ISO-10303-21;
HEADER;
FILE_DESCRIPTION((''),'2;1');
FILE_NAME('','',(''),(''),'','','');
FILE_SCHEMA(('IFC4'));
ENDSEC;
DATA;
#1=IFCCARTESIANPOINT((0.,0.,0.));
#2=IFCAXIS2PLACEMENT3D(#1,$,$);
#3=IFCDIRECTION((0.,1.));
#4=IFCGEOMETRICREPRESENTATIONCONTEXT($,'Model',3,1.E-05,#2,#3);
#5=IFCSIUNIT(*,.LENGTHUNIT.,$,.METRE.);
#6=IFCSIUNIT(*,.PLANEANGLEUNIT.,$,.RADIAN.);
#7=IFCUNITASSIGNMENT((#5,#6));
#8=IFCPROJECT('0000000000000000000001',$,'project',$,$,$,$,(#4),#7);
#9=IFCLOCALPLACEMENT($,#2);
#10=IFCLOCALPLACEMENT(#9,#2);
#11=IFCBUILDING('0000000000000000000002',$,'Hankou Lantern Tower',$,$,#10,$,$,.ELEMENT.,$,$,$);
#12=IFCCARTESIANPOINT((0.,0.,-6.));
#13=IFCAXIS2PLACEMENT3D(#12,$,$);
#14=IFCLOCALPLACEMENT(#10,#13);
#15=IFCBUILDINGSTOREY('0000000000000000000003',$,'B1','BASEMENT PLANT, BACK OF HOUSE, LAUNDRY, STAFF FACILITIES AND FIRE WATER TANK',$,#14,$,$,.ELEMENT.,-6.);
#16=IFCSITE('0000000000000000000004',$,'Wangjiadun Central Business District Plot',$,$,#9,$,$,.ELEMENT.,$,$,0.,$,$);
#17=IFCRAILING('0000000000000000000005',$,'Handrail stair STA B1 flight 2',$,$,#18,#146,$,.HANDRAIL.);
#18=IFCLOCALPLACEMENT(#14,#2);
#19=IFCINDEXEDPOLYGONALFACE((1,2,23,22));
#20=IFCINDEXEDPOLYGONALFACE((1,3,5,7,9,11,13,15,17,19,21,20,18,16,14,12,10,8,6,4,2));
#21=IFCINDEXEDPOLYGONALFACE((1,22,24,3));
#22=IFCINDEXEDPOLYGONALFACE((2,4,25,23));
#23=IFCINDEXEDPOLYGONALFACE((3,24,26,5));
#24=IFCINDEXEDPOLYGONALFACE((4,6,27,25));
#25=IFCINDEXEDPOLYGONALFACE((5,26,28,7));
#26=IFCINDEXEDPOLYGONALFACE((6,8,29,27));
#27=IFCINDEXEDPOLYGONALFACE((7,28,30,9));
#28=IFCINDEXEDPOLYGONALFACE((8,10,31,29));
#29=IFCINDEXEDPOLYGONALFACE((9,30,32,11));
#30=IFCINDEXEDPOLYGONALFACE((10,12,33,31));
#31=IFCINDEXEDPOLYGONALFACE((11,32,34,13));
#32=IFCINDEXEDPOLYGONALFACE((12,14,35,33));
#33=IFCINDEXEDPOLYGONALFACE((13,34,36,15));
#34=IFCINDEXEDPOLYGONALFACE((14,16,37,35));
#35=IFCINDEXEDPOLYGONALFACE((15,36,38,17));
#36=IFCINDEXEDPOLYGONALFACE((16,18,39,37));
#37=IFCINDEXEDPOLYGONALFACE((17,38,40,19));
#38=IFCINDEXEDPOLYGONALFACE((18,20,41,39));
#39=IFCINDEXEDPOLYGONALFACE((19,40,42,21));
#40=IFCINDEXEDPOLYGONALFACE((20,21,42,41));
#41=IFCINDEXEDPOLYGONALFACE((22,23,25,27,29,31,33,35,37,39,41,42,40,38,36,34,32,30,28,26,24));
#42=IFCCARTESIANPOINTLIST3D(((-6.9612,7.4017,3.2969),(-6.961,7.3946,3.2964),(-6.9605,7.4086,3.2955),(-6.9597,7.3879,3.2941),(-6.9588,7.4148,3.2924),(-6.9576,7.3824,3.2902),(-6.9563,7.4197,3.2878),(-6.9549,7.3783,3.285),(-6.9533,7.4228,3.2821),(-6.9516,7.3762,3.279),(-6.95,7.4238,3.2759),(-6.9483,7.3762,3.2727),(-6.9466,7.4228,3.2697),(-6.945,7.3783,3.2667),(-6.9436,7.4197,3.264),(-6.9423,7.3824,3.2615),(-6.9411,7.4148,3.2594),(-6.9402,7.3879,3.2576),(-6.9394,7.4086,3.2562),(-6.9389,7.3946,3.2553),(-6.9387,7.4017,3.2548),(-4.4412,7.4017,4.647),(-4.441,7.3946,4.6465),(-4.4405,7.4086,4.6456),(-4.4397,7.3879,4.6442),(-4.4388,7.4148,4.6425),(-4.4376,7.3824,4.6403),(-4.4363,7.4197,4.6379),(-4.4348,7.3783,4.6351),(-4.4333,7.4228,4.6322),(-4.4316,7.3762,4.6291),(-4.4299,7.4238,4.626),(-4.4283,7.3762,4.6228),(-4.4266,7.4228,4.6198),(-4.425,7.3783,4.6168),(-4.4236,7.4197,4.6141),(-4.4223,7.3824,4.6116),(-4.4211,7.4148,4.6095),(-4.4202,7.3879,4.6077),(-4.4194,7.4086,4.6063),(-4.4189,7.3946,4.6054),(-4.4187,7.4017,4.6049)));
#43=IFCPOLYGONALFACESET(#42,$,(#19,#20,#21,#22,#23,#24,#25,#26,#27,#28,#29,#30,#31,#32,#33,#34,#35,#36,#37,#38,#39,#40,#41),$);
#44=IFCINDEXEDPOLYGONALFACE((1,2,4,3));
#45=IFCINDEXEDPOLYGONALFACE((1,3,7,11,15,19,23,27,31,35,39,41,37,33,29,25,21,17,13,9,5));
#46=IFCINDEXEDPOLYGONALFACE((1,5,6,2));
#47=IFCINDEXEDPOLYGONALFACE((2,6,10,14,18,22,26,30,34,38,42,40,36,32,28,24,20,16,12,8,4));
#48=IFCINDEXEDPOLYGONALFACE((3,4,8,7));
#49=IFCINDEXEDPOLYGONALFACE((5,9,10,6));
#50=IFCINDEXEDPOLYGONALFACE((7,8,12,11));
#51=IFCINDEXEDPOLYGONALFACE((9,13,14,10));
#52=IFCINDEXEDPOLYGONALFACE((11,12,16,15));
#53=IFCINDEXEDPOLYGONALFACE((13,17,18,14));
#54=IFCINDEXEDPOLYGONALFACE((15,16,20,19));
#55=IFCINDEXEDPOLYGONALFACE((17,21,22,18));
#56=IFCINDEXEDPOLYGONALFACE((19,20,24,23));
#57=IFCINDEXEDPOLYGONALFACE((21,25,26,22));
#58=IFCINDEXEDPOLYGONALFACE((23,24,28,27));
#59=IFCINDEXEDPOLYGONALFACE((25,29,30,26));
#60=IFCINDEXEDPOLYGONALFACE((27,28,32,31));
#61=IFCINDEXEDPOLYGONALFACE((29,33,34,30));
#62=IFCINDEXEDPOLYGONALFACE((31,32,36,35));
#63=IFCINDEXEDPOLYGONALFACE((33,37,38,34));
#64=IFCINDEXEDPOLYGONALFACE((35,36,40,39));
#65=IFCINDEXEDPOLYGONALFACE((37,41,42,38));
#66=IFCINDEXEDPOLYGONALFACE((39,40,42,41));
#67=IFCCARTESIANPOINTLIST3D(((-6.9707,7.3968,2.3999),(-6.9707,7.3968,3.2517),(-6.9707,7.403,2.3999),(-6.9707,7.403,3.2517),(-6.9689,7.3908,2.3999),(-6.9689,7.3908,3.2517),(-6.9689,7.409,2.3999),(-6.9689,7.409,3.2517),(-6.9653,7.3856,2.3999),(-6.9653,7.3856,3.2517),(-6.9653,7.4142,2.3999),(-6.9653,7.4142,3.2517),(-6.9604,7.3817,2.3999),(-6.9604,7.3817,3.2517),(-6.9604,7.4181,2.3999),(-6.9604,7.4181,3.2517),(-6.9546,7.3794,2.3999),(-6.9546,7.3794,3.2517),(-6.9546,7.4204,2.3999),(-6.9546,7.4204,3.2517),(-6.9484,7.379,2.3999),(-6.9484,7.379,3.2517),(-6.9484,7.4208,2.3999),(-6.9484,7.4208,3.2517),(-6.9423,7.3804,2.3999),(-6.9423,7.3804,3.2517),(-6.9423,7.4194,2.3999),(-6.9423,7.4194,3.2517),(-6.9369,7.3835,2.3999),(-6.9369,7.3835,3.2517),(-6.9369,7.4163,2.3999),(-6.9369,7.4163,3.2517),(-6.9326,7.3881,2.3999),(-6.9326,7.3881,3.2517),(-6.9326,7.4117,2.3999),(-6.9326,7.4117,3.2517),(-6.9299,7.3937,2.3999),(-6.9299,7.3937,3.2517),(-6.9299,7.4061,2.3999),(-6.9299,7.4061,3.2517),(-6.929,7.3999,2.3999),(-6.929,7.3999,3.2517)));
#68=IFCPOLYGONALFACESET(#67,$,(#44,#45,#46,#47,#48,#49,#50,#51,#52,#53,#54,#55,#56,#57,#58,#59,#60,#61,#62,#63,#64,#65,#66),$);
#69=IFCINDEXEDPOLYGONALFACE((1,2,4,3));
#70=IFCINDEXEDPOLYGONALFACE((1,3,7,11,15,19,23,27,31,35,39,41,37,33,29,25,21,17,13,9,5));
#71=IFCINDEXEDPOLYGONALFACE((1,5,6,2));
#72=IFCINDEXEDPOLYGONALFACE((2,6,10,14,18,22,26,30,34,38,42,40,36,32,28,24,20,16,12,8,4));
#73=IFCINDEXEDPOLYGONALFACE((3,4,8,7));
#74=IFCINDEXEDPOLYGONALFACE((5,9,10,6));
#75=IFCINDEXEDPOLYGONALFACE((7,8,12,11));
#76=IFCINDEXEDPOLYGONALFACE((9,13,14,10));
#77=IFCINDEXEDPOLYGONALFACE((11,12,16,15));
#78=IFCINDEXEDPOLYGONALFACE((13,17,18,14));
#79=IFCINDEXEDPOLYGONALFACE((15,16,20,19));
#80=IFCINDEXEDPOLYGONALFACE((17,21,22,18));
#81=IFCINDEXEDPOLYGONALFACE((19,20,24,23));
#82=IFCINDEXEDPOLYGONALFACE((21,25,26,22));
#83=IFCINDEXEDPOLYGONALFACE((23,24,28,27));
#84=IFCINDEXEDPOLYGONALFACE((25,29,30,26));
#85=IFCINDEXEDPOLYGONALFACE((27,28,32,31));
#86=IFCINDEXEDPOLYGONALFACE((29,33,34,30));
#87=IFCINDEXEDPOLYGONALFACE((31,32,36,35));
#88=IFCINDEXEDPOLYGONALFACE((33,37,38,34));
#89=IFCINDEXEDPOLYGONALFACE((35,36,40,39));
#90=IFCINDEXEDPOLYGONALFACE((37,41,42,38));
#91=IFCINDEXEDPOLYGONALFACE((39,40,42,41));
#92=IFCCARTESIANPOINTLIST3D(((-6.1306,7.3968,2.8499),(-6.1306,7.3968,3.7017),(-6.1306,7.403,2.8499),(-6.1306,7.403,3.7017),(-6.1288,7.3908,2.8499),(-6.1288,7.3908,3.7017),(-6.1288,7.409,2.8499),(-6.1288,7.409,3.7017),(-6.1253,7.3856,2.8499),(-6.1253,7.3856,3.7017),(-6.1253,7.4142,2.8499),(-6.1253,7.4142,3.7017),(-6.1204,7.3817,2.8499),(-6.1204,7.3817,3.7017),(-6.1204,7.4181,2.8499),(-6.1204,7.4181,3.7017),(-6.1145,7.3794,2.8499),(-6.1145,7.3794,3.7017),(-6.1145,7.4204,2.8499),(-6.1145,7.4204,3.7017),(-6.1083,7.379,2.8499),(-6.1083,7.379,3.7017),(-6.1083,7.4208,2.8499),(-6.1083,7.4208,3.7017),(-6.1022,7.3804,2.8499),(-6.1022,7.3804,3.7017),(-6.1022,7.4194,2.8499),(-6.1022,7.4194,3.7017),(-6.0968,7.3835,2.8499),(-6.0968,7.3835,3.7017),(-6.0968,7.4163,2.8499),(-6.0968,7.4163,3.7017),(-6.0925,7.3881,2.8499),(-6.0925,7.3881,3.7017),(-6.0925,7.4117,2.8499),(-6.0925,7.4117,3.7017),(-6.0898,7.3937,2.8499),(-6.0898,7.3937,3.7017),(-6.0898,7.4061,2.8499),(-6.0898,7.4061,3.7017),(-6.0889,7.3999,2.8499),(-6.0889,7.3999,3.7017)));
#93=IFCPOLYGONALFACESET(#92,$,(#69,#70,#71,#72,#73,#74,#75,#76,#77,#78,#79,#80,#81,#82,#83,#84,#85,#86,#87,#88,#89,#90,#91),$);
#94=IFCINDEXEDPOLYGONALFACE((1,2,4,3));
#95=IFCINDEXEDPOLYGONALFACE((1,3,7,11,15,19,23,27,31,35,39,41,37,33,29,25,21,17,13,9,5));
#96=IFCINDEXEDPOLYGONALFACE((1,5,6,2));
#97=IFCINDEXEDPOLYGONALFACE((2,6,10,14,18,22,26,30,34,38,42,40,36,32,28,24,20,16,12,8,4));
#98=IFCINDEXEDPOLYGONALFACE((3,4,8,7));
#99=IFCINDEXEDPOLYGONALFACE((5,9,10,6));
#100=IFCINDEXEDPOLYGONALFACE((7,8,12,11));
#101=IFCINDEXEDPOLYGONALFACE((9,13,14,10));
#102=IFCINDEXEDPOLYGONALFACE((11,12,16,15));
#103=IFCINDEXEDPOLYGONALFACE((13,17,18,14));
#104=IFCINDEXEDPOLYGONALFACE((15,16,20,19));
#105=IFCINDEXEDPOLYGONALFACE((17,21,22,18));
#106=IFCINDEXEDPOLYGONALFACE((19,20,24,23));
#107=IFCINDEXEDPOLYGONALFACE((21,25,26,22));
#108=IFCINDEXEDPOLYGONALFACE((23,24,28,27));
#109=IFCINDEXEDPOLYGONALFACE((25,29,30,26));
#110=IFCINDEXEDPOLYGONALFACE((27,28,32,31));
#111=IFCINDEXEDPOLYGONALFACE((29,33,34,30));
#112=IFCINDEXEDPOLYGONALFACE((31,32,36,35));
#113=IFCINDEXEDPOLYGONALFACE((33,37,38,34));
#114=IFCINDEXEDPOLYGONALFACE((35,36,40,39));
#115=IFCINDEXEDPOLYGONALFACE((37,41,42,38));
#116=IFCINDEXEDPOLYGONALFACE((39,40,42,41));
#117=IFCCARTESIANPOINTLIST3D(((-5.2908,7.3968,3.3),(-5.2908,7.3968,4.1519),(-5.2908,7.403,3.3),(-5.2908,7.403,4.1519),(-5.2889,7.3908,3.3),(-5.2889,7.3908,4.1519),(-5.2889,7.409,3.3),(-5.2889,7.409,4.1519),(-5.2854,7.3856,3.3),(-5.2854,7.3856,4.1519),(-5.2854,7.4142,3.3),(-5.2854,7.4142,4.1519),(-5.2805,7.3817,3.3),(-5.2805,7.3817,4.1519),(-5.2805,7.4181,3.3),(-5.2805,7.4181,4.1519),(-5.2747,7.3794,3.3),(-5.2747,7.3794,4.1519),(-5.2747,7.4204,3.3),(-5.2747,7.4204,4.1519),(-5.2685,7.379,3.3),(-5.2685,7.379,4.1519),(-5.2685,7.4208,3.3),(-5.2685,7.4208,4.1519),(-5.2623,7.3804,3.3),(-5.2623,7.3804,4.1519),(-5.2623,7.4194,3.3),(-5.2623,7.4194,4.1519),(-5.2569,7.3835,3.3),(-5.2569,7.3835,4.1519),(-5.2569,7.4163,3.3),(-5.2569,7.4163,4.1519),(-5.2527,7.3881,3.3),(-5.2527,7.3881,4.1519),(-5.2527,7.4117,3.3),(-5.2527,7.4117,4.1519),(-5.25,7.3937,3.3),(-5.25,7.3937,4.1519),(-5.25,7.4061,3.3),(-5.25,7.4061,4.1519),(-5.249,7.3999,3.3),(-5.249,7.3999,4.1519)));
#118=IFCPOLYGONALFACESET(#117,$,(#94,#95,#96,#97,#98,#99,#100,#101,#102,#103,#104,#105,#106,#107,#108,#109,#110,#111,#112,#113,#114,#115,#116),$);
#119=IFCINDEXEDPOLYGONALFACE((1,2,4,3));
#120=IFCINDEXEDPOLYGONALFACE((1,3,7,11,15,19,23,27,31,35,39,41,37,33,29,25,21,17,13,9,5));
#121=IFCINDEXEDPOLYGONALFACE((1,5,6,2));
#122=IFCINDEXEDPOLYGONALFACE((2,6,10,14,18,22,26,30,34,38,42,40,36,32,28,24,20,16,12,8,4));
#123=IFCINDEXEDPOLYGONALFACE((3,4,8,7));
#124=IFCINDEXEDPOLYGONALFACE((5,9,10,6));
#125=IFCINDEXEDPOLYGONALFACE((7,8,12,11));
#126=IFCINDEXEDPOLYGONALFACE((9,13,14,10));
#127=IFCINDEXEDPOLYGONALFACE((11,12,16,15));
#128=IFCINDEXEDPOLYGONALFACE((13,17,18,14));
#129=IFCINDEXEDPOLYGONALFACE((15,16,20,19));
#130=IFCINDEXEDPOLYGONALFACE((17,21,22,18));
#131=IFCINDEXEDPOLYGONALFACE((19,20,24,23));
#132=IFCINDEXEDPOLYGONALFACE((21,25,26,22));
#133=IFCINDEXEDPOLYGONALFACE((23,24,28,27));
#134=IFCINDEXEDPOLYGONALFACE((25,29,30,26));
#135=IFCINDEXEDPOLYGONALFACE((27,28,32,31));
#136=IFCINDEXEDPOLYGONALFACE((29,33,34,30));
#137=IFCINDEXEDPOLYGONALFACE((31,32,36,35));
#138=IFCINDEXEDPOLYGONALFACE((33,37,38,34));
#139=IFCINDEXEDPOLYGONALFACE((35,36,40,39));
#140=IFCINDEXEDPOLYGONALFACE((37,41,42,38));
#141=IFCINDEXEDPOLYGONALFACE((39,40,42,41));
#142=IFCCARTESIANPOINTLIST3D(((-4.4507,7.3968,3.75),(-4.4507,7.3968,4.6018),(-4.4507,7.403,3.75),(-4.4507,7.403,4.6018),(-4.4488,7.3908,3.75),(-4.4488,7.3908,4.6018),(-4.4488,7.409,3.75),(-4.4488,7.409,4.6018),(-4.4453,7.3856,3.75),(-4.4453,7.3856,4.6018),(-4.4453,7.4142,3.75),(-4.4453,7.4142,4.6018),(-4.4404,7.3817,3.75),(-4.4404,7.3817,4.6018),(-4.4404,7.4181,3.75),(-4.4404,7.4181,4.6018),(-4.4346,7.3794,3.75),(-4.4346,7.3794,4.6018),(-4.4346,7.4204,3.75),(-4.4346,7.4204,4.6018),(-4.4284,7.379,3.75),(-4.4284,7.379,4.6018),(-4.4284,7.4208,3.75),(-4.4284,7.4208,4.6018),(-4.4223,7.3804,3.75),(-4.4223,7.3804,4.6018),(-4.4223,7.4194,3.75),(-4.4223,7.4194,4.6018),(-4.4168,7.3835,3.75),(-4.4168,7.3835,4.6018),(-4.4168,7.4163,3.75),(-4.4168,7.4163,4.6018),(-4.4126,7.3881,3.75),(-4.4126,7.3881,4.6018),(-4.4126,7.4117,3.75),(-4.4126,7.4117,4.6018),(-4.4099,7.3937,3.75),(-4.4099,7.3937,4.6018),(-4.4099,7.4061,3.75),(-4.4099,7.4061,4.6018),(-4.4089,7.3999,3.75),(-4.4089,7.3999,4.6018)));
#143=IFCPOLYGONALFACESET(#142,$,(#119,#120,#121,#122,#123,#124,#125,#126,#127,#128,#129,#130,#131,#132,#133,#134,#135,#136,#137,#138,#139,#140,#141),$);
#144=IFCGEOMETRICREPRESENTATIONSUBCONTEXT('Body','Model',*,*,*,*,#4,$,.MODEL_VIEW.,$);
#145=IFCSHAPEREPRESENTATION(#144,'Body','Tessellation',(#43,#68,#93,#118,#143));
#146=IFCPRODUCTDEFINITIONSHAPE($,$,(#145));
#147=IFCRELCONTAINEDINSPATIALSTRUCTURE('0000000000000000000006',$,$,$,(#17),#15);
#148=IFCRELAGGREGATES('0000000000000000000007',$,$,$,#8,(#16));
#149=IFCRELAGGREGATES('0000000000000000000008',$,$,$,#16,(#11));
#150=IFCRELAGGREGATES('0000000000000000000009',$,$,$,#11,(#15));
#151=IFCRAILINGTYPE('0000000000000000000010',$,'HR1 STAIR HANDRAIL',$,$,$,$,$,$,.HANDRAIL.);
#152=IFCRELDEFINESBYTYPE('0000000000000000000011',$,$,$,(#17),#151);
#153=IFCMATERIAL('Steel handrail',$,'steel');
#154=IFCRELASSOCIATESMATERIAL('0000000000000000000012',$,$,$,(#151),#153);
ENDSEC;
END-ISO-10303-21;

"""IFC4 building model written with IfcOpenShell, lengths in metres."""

from ifc_helpers import new_model, si_unit, direction, frame, origin, origin_2d, place, context, subcontext, project, spatial, circle, extrude, material, type_object, element, save


model = new_model("IFC4")

# Units and contexts
model_context = context("Model", 3, precision=1e-05, world=origin(), true_north=direction((0.0, 1.0)))
body_context = subcontext(model_context, "Body", "Model", "MODEL_VIEW")
ifc_project = project(units=[si_unit("LENGTHUNIT", "METRE"), si_unit("PLANEANGLEUNIT", "RADIAN")], contexts=[model_context])

# Site, building, storey
site_placement = place(None, origin())
site = spatial("IfcSite", under=ifc_project, at=site_placement, Name="Wangjiadun Central Business District Plot", CompositionType="ELEMENT", RefElevation=0.0)
building_placement = place(site_placement, origin())
building = spatial("IfcBuilding", under=site, at=building_placement, Name="Hankou Lantern Tower", CompositionType="ELEMENT")
storey_placement = place(building_placement, frame((0.0, 0.0, -6.0)))
storey = spatial("IfcBuildingStorey", under=building, at=storey_placement, Name="B1", Description="BASEMENT PLANT, BACK OF HOUSE, LAUNDRY, STAFF FACILITIES AND FIRE WATER TANK", CompositionType="ELEMENT", Elevation=-6.0)

# Railing
ifc_material_1 = material(Name="Steel handrail", Category="steel")
railing_type = type_object("IfcRailingType", Name="HR1 STAIR HANDRAIL", PredefinedType="HANDRAIL", material=ifc_material_1)
railing_1_placement = place(storey_placement, frame((-6.95, 7.3999, 2.3999)))
element("IfcRailing", 1, at=railing_1_placement, inside=storey, type_object=railing_type, Name="Handrail stair STA B1 flight 2", PredefinedType="HANDRAIL", context=body_context, shape_type="SweptSolid", body=[
    extrude(circle(Radius=0.0239, at=origin_2d()), frame((0.0, 0.0, 0.876), z_axis=(0.881467, 0.0, 0.472245), x_axis=(0.0, 1.0, 0.0)), (0.0, 0.0, 1.0), 2.8589),
    extrude(circle(Radius=0.021, at=origin_2d()), origin(), (0.0, 0.0, 1.0), 0.8518),
    extrude(circle(Radius=0.021, at=origin_2d()), frame((0.8401, 0.0, 0.45)), (0.0, 0.0, 1.0), 0.8518),
    extrude(circle(Radius=0.021, at=origin_2d()), frame((1.6799, 0.0, 0.9001)), (0.0, 0.0, 1.0), 0.8518),
    extrude(circle(Radius=0.021, at=origin_2d()), frame((2.52, 0.0, 1.3501)), (0.0, 0.0, 1.0), 0.8518),
])

save(model, "model.ifc")
